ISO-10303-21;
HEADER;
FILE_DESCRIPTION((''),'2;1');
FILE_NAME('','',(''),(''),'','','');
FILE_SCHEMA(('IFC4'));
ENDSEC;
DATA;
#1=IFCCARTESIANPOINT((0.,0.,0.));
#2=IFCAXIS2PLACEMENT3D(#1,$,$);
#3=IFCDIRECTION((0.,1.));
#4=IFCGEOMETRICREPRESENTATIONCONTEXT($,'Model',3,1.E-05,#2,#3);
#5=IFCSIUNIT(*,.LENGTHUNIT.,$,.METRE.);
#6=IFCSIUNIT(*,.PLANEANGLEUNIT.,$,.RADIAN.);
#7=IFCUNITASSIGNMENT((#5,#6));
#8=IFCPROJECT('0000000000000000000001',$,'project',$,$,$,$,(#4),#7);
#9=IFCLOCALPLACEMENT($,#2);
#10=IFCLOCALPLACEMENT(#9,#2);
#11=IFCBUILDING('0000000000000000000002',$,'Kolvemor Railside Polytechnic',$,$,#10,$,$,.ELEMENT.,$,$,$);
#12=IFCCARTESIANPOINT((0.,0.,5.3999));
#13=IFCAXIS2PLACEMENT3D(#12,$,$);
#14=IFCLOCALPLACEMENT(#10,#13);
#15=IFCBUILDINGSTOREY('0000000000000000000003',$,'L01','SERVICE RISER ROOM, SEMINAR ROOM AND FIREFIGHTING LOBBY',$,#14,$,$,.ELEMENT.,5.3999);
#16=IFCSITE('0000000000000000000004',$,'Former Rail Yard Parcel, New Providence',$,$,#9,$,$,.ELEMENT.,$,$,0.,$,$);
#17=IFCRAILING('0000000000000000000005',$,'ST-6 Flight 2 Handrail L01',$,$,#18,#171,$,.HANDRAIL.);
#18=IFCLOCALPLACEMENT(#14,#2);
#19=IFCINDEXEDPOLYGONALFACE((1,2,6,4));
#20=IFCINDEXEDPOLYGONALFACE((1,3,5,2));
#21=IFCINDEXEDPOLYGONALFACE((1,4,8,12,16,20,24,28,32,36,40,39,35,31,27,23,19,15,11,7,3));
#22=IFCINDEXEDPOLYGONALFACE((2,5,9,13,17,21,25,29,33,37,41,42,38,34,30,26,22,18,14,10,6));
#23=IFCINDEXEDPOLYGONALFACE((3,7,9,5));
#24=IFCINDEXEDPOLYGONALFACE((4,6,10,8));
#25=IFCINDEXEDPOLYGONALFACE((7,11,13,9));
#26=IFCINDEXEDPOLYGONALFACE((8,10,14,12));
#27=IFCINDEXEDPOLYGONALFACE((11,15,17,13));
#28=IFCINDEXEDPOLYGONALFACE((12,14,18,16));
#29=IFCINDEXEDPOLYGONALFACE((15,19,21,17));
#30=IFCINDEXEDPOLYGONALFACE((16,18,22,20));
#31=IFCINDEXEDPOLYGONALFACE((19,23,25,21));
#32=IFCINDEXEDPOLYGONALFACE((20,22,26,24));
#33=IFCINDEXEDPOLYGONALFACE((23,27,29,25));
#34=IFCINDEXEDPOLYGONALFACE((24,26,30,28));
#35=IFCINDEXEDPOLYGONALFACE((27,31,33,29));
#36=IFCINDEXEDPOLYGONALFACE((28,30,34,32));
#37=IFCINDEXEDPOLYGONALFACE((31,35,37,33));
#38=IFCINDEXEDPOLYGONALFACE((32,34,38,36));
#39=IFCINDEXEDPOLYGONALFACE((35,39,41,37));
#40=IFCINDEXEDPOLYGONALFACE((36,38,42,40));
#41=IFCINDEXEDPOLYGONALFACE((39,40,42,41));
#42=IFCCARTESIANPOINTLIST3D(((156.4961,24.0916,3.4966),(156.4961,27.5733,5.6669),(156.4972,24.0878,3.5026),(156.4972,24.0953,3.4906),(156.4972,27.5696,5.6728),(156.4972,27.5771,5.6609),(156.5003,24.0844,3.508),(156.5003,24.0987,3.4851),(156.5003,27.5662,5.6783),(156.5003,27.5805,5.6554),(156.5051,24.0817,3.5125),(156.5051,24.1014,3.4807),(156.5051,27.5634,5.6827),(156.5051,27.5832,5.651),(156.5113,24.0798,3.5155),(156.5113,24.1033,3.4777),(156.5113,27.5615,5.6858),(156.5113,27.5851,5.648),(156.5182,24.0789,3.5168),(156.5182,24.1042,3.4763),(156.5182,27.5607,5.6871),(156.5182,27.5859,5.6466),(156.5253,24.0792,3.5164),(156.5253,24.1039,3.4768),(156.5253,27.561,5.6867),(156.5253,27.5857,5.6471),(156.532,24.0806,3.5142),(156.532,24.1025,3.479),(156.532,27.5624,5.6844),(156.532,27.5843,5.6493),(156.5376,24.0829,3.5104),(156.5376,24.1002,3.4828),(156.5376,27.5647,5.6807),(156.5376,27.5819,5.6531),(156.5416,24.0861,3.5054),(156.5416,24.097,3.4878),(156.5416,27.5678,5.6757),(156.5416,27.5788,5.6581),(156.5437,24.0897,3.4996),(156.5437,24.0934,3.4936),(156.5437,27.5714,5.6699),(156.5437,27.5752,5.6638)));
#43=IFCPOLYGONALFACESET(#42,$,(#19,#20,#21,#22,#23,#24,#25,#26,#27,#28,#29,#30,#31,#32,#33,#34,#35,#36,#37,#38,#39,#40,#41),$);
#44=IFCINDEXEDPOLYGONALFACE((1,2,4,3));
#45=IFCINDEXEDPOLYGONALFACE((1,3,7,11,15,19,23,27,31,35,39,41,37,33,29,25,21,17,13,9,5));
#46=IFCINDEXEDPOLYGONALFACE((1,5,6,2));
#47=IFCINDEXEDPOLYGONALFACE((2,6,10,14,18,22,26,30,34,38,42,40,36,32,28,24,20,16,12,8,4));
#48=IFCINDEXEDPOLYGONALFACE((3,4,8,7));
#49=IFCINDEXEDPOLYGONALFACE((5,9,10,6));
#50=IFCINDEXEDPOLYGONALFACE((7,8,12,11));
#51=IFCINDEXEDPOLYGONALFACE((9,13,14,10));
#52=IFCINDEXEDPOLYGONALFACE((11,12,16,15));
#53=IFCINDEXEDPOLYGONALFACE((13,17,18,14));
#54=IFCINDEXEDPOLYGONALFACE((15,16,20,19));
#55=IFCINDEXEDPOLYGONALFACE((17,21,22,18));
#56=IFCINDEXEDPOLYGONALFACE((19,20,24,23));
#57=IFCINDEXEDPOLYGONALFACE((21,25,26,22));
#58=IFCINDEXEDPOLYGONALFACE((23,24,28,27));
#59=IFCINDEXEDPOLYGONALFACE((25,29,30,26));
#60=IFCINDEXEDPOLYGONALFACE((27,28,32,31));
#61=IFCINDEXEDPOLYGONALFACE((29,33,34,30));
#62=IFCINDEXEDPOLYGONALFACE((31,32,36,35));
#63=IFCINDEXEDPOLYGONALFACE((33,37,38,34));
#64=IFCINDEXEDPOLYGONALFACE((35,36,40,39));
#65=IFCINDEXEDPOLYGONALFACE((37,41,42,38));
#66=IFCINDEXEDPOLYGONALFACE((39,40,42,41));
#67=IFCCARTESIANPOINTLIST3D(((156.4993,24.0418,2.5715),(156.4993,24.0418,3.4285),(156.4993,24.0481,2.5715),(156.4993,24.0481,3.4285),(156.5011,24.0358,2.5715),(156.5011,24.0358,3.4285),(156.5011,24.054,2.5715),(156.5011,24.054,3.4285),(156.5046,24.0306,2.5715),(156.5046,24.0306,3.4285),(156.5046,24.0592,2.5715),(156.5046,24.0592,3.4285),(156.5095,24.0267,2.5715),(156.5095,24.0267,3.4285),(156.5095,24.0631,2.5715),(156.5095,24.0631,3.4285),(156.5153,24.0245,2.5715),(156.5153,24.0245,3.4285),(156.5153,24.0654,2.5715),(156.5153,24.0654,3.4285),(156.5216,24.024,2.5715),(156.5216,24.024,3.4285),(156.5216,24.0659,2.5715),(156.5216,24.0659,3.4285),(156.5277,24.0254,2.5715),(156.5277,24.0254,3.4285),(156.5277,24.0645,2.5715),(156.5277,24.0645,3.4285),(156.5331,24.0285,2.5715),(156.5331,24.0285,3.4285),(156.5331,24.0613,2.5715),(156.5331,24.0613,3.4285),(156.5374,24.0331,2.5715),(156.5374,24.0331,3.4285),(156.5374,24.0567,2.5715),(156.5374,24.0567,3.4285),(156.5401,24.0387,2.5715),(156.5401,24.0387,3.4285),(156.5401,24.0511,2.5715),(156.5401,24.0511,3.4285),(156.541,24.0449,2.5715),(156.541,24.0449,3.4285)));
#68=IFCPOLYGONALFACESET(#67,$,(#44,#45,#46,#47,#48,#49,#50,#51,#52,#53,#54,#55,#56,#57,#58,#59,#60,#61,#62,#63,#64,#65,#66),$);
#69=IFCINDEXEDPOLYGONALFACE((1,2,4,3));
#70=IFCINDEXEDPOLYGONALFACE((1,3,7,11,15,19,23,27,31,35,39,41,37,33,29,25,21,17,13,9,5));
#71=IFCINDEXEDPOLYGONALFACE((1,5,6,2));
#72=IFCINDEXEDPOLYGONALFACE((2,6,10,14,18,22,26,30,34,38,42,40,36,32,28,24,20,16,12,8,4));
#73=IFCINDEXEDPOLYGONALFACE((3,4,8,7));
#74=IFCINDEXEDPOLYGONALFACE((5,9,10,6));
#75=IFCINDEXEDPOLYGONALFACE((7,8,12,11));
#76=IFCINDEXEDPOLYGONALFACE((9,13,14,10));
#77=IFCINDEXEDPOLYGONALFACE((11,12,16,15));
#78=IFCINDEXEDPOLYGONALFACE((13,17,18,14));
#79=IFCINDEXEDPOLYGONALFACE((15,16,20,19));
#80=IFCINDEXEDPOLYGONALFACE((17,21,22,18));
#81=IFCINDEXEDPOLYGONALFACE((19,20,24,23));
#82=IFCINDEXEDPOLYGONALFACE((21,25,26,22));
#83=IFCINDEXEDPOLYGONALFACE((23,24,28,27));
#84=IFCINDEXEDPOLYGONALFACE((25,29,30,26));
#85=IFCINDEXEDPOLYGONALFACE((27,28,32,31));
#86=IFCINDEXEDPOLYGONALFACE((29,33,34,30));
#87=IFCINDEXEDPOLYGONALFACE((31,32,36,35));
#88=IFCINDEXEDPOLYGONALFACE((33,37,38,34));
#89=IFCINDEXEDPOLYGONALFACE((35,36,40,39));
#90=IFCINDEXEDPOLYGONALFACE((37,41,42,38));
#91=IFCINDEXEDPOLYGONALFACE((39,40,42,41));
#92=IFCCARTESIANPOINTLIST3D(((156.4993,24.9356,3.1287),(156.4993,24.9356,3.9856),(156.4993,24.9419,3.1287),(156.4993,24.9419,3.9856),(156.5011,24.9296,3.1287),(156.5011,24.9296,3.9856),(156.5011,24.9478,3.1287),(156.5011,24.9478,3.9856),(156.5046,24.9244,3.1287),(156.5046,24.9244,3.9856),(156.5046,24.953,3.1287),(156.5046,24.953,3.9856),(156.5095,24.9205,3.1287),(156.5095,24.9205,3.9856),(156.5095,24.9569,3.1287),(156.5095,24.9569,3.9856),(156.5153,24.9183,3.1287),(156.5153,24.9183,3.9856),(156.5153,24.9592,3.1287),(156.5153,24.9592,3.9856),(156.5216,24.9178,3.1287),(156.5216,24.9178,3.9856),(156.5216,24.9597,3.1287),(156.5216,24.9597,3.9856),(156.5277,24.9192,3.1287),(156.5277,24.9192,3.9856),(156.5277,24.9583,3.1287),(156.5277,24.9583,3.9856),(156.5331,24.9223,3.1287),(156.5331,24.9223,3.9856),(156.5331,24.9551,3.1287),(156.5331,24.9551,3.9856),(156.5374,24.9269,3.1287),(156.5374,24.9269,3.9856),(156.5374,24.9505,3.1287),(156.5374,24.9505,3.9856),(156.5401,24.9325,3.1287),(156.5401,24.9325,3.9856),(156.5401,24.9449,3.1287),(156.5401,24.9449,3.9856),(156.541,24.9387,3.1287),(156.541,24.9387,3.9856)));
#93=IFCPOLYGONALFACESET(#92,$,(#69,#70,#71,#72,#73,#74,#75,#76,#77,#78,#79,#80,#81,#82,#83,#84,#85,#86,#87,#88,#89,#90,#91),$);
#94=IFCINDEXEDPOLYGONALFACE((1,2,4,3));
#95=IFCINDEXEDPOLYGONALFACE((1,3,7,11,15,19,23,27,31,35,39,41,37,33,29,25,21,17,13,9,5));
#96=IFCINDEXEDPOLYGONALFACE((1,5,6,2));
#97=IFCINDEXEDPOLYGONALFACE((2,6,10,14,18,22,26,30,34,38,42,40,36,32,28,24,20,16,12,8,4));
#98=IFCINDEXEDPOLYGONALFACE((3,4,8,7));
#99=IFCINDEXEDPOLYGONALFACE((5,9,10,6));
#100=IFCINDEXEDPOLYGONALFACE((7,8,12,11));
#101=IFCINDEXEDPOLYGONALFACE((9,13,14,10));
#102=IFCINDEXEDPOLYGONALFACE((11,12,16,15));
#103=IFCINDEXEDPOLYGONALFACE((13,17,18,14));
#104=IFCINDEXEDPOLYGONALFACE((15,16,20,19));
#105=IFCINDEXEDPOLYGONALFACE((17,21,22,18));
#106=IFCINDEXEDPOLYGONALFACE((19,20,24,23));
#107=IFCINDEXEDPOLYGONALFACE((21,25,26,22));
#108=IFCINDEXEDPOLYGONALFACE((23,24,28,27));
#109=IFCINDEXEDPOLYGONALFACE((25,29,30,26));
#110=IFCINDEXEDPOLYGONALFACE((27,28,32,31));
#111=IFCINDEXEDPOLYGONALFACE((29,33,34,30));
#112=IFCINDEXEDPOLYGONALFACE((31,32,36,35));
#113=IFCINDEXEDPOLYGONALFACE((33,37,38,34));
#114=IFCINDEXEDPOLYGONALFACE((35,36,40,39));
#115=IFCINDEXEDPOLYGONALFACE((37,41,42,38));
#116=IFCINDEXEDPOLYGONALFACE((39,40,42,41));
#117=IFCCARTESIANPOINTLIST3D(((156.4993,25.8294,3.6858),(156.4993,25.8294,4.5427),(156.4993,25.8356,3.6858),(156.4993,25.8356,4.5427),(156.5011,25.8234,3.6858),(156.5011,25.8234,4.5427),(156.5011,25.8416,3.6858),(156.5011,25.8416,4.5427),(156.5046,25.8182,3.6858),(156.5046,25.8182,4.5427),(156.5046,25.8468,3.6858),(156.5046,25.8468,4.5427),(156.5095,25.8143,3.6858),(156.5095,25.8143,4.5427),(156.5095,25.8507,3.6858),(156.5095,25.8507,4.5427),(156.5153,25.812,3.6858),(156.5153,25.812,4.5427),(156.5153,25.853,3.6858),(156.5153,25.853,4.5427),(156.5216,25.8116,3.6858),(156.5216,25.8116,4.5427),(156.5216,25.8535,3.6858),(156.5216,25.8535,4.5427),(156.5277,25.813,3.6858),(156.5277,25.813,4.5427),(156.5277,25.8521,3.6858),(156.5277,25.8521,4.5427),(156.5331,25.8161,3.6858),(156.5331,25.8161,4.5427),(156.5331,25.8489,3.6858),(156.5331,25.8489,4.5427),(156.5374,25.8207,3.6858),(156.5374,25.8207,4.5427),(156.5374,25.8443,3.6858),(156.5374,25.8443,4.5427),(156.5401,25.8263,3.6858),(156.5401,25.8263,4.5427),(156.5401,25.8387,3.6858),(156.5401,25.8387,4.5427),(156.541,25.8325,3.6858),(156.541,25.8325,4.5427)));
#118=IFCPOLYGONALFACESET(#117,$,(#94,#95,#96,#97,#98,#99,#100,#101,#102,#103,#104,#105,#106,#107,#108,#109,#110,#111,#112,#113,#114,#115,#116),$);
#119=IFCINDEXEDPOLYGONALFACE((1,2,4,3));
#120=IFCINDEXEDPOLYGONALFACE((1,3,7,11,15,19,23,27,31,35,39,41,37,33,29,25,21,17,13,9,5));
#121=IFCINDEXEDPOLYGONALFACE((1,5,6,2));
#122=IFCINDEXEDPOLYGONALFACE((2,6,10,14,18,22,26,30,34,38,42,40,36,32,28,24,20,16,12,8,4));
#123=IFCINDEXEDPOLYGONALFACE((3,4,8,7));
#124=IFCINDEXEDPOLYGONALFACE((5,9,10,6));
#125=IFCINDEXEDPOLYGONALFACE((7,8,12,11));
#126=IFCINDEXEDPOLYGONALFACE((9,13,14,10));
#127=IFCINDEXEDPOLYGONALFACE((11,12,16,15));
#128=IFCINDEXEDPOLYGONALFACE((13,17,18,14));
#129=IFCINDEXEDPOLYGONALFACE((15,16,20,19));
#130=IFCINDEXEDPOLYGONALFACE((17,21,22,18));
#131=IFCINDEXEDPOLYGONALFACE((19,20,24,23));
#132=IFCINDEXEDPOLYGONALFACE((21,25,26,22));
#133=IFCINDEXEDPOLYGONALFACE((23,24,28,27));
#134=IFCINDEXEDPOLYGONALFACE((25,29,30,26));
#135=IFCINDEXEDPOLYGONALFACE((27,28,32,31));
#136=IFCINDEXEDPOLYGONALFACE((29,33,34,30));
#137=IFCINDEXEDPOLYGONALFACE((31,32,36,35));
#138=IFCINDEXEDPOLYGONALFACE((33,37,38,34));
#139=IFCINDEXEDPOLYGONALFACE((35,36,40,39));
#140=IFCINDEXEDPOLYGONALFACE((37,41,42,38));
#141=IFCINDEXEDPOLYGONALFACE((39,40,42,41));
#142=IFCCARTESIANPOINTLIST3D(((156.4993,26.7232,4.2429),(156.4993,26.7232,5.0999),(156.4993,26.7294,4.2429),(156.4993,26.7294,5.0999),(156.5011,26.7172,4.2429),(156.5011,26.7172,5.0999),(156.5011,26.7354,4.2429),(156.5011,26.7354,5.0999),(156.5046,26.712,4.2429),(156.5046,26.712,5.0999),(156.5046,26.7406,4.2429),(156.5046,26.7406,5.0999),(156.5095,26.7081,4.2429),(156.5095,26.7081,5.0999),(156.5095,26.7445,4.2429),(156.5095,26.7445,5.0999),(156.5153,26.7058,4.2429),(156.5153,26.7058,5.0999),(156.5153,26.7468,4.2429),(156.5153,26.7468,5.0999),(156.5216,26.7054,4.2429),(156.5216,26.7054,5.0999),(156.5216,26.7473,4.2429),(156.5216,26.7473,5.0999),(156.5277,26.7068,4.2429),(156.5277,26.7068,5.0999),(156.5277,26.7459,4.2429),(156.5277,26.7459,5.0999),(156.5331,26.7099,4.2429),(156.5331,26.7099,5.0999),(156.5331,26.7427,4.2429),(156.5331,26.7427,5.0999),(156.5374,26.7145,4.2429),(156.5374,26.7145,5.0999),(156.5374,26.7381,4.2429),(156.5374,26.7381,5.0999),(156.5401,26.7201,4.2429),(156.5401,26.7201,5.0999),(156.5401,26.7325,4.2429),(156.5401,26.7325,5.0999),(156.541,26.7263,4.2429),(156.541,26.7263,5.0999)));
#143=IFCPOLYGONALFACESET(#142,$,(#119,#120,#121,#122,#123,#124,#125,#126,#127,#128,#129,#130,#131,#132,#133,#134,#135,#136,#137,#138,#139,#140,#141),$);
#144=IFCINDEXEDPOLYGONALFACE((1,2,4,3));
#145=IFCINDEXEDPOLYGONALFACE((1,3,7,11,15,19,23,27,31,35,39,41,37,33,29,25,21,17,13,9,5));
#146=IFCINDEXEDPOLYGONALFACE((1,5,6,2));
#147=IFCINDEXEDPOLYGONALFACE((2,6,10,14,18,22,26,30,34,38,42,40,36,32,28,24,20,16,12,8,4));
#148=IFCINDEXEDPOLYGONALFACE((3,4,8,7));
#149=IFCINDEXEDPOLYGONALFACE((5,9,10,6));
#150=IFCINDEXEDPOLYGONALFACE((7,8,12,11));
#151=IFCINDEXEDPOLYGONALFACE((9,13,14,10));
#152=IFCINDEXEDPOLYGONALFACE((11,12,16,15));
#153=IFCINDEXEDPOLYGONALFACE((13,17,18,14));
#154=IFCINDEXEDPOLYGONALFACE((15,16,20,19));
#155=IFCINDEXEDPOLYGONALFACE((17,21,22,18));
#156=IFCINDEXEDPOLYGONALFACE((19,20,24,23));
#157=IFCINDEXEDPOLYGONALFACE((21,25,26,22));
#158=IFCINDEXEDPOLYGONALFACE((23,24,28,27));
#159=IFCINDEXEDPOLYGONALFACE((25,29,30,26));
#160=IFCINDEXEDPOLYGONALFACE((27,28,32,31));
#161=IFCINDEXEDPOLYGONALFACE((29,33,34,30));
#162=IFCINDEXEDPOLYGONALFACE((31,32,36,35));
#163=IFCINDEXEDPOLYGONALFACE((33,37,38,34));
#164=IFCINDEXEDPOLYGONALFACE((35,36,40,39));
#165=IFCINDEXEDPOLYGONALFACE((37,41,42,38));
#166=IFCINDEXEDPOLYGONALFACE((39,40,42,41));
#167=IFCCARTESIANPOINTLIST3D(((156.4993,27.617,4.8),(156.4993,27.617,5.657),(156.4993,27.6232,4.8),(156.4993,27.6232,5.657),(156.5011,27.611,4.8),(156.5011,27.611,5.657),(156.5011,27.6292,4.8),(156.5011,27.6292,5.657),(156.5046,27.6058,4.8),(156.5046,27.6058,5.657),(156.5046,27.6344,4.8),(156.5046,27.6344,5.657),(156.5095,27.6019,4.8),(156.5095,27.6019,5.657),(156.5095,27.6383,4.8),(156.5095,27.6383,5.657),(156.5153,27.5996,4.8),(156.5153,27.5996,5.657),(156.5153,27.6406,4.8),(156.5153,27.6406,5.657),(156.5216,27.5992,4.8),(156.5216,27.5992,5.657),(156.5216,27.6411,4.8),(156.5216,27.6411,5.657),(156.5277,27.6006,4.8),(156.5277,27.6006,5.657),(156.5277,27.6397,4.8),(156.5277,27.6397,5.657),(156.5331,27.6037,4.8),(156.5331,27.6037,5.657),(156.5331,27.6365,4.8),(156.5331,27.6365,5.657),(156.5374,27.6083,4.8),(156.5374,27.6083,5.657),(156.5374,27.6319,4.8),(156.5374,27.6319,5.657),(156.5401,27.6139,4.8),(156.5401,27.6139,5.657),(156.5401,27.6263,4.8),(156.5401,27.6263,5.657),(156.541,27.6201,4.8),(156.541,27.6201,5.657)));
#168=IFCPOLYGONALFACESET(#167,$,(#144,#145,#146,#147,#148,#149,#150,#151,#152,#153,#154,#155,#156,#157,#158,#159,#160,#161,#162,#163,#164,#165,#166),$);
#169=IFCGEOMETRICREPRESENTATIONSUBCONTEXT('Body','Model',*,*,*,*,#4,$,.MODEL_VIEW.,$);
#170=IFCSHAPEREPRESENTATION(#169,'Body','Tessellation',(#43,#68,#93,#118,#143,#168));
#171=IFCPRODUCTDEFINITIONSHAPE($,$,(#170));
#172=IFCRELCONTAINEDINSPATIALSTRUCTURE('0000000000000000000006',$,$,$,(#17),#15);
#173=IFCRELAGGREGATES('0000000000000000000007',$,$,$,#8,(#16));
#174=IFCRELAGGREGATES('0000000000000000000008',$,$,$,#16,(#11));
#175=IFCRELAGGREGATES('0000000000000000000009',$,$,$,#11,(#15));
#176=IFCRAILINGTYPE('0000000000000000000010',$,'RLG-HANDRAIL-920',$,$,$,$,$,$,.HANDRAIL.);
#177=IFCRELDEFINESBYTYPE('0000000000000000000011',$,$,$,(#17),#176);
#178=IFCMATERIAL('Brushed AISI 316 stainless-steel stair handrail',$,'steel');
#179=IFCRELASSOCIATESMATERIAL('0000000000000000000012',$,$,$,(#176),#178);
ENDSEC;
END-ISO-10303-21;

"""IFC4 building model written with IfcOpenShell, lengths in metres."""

from ifc_helpers import new_model, si_unit, direction, frame, origin, origin_2d, place, context, subcontext, project, spatial, circle, extrude, material, type_object, element, save


model = new_model("IFC4")

# Units and contexts
model_context = context("Model", 3, precision=1e-05, world=origin(), true_north=direction((0.0, 1.0)))
body_context = subcontext(model_context, "Body", "Model", "MODEL_VIEW")
ifc_project = project(units=[si_unit("LENGTHUNIT", "METRE"), si_unit("PLANEANGLEUNIT", "RADIAN")], contexts=[model_context])

# Site, building, storey
site_placement = place(None, origin())
site = spatial("IfcSite", under=ifc_project, at=site_placement, Name="Former Rail Yard Parcel, New Providence", CompositionType="ELEMENT", RefElevation=0.0)
building_placement = place(site_placement, origin())
building = spatial("IfcBuilding", under=site, at=building_placement, Name="Kolvemor Railside Polytechnic", CompositionType="ELEMENT")
storey_placement = place(building_placement, frame((0.0, 0.0, 5.3999)))
storey = spatial("IfcBuildingStorey", under=building, at=storey_placement, Name="L01", Description="SERVICE RISER ROOM, SEMINAR ROOM AND FIREFIGHTING LOBBY", CompositionType="ELEMENT", Elevation=5.3999)

# Railing
ifc_material_1 = material(Name="Brushed AISI 316 stainless-steel stair handrail", Category="steel")
railing_type_1 = type_object("IfcRailingType", Name="RLG-HANDRAIL-920", PredefinedType="HANDRAIL", material=ifc_material_1)
railing_1_placement = place(storey_placement, frame((156.52, 24.0449, 2.5715)))
element("IfcRailing", 1, at=railing_1_placement, inside=storey, type_object=railing_type_1, Name="ST-6 Flight 2 Handrail L01", PredefinedType="HANDRAIL", context=body_context, shape_type="SweptSolid", body=[
    extrude(circle(Radius=0.0239, at=origin_2d()), frame((0.0, 0.0466, 0.925), z_axis=(0.0, 0.848636, 0.528978), x_axis=(-1.0, 0.0, 0.0)), (0.0, 0.0, 1.0), 4.1028),
    extrude(circle(Radius=0.021, at=origin_2d()), origin(), (0.0, 0.0, 1.0), 0.8569),
    extrude(circle(Radius=0.021, at=origin_2d()), frame((0.0, 0.8938, 0.5571)), (0.0, 0.0, 1.0), 0.8569),
    extrude(circle(Radius=0.021, at=origin_2d()), frame((0.0, 1.7876, 1.1143)), (0.0, 0.0, 1.0), 0.8569),
    extrude(circle(Radius=0.021, at=origin_2d()), frame((0.0, 2.6814, 1.6714)), (0.0, 0.0, 1.0), 0.8569),
    extrude(circle(Radius=0.021, at=origin_2d()), frame((0.0, 3.5752, 2.2285)), (0.0, 0.0, 1.0), 0.8569),
])

save(model, "model.ifc")
